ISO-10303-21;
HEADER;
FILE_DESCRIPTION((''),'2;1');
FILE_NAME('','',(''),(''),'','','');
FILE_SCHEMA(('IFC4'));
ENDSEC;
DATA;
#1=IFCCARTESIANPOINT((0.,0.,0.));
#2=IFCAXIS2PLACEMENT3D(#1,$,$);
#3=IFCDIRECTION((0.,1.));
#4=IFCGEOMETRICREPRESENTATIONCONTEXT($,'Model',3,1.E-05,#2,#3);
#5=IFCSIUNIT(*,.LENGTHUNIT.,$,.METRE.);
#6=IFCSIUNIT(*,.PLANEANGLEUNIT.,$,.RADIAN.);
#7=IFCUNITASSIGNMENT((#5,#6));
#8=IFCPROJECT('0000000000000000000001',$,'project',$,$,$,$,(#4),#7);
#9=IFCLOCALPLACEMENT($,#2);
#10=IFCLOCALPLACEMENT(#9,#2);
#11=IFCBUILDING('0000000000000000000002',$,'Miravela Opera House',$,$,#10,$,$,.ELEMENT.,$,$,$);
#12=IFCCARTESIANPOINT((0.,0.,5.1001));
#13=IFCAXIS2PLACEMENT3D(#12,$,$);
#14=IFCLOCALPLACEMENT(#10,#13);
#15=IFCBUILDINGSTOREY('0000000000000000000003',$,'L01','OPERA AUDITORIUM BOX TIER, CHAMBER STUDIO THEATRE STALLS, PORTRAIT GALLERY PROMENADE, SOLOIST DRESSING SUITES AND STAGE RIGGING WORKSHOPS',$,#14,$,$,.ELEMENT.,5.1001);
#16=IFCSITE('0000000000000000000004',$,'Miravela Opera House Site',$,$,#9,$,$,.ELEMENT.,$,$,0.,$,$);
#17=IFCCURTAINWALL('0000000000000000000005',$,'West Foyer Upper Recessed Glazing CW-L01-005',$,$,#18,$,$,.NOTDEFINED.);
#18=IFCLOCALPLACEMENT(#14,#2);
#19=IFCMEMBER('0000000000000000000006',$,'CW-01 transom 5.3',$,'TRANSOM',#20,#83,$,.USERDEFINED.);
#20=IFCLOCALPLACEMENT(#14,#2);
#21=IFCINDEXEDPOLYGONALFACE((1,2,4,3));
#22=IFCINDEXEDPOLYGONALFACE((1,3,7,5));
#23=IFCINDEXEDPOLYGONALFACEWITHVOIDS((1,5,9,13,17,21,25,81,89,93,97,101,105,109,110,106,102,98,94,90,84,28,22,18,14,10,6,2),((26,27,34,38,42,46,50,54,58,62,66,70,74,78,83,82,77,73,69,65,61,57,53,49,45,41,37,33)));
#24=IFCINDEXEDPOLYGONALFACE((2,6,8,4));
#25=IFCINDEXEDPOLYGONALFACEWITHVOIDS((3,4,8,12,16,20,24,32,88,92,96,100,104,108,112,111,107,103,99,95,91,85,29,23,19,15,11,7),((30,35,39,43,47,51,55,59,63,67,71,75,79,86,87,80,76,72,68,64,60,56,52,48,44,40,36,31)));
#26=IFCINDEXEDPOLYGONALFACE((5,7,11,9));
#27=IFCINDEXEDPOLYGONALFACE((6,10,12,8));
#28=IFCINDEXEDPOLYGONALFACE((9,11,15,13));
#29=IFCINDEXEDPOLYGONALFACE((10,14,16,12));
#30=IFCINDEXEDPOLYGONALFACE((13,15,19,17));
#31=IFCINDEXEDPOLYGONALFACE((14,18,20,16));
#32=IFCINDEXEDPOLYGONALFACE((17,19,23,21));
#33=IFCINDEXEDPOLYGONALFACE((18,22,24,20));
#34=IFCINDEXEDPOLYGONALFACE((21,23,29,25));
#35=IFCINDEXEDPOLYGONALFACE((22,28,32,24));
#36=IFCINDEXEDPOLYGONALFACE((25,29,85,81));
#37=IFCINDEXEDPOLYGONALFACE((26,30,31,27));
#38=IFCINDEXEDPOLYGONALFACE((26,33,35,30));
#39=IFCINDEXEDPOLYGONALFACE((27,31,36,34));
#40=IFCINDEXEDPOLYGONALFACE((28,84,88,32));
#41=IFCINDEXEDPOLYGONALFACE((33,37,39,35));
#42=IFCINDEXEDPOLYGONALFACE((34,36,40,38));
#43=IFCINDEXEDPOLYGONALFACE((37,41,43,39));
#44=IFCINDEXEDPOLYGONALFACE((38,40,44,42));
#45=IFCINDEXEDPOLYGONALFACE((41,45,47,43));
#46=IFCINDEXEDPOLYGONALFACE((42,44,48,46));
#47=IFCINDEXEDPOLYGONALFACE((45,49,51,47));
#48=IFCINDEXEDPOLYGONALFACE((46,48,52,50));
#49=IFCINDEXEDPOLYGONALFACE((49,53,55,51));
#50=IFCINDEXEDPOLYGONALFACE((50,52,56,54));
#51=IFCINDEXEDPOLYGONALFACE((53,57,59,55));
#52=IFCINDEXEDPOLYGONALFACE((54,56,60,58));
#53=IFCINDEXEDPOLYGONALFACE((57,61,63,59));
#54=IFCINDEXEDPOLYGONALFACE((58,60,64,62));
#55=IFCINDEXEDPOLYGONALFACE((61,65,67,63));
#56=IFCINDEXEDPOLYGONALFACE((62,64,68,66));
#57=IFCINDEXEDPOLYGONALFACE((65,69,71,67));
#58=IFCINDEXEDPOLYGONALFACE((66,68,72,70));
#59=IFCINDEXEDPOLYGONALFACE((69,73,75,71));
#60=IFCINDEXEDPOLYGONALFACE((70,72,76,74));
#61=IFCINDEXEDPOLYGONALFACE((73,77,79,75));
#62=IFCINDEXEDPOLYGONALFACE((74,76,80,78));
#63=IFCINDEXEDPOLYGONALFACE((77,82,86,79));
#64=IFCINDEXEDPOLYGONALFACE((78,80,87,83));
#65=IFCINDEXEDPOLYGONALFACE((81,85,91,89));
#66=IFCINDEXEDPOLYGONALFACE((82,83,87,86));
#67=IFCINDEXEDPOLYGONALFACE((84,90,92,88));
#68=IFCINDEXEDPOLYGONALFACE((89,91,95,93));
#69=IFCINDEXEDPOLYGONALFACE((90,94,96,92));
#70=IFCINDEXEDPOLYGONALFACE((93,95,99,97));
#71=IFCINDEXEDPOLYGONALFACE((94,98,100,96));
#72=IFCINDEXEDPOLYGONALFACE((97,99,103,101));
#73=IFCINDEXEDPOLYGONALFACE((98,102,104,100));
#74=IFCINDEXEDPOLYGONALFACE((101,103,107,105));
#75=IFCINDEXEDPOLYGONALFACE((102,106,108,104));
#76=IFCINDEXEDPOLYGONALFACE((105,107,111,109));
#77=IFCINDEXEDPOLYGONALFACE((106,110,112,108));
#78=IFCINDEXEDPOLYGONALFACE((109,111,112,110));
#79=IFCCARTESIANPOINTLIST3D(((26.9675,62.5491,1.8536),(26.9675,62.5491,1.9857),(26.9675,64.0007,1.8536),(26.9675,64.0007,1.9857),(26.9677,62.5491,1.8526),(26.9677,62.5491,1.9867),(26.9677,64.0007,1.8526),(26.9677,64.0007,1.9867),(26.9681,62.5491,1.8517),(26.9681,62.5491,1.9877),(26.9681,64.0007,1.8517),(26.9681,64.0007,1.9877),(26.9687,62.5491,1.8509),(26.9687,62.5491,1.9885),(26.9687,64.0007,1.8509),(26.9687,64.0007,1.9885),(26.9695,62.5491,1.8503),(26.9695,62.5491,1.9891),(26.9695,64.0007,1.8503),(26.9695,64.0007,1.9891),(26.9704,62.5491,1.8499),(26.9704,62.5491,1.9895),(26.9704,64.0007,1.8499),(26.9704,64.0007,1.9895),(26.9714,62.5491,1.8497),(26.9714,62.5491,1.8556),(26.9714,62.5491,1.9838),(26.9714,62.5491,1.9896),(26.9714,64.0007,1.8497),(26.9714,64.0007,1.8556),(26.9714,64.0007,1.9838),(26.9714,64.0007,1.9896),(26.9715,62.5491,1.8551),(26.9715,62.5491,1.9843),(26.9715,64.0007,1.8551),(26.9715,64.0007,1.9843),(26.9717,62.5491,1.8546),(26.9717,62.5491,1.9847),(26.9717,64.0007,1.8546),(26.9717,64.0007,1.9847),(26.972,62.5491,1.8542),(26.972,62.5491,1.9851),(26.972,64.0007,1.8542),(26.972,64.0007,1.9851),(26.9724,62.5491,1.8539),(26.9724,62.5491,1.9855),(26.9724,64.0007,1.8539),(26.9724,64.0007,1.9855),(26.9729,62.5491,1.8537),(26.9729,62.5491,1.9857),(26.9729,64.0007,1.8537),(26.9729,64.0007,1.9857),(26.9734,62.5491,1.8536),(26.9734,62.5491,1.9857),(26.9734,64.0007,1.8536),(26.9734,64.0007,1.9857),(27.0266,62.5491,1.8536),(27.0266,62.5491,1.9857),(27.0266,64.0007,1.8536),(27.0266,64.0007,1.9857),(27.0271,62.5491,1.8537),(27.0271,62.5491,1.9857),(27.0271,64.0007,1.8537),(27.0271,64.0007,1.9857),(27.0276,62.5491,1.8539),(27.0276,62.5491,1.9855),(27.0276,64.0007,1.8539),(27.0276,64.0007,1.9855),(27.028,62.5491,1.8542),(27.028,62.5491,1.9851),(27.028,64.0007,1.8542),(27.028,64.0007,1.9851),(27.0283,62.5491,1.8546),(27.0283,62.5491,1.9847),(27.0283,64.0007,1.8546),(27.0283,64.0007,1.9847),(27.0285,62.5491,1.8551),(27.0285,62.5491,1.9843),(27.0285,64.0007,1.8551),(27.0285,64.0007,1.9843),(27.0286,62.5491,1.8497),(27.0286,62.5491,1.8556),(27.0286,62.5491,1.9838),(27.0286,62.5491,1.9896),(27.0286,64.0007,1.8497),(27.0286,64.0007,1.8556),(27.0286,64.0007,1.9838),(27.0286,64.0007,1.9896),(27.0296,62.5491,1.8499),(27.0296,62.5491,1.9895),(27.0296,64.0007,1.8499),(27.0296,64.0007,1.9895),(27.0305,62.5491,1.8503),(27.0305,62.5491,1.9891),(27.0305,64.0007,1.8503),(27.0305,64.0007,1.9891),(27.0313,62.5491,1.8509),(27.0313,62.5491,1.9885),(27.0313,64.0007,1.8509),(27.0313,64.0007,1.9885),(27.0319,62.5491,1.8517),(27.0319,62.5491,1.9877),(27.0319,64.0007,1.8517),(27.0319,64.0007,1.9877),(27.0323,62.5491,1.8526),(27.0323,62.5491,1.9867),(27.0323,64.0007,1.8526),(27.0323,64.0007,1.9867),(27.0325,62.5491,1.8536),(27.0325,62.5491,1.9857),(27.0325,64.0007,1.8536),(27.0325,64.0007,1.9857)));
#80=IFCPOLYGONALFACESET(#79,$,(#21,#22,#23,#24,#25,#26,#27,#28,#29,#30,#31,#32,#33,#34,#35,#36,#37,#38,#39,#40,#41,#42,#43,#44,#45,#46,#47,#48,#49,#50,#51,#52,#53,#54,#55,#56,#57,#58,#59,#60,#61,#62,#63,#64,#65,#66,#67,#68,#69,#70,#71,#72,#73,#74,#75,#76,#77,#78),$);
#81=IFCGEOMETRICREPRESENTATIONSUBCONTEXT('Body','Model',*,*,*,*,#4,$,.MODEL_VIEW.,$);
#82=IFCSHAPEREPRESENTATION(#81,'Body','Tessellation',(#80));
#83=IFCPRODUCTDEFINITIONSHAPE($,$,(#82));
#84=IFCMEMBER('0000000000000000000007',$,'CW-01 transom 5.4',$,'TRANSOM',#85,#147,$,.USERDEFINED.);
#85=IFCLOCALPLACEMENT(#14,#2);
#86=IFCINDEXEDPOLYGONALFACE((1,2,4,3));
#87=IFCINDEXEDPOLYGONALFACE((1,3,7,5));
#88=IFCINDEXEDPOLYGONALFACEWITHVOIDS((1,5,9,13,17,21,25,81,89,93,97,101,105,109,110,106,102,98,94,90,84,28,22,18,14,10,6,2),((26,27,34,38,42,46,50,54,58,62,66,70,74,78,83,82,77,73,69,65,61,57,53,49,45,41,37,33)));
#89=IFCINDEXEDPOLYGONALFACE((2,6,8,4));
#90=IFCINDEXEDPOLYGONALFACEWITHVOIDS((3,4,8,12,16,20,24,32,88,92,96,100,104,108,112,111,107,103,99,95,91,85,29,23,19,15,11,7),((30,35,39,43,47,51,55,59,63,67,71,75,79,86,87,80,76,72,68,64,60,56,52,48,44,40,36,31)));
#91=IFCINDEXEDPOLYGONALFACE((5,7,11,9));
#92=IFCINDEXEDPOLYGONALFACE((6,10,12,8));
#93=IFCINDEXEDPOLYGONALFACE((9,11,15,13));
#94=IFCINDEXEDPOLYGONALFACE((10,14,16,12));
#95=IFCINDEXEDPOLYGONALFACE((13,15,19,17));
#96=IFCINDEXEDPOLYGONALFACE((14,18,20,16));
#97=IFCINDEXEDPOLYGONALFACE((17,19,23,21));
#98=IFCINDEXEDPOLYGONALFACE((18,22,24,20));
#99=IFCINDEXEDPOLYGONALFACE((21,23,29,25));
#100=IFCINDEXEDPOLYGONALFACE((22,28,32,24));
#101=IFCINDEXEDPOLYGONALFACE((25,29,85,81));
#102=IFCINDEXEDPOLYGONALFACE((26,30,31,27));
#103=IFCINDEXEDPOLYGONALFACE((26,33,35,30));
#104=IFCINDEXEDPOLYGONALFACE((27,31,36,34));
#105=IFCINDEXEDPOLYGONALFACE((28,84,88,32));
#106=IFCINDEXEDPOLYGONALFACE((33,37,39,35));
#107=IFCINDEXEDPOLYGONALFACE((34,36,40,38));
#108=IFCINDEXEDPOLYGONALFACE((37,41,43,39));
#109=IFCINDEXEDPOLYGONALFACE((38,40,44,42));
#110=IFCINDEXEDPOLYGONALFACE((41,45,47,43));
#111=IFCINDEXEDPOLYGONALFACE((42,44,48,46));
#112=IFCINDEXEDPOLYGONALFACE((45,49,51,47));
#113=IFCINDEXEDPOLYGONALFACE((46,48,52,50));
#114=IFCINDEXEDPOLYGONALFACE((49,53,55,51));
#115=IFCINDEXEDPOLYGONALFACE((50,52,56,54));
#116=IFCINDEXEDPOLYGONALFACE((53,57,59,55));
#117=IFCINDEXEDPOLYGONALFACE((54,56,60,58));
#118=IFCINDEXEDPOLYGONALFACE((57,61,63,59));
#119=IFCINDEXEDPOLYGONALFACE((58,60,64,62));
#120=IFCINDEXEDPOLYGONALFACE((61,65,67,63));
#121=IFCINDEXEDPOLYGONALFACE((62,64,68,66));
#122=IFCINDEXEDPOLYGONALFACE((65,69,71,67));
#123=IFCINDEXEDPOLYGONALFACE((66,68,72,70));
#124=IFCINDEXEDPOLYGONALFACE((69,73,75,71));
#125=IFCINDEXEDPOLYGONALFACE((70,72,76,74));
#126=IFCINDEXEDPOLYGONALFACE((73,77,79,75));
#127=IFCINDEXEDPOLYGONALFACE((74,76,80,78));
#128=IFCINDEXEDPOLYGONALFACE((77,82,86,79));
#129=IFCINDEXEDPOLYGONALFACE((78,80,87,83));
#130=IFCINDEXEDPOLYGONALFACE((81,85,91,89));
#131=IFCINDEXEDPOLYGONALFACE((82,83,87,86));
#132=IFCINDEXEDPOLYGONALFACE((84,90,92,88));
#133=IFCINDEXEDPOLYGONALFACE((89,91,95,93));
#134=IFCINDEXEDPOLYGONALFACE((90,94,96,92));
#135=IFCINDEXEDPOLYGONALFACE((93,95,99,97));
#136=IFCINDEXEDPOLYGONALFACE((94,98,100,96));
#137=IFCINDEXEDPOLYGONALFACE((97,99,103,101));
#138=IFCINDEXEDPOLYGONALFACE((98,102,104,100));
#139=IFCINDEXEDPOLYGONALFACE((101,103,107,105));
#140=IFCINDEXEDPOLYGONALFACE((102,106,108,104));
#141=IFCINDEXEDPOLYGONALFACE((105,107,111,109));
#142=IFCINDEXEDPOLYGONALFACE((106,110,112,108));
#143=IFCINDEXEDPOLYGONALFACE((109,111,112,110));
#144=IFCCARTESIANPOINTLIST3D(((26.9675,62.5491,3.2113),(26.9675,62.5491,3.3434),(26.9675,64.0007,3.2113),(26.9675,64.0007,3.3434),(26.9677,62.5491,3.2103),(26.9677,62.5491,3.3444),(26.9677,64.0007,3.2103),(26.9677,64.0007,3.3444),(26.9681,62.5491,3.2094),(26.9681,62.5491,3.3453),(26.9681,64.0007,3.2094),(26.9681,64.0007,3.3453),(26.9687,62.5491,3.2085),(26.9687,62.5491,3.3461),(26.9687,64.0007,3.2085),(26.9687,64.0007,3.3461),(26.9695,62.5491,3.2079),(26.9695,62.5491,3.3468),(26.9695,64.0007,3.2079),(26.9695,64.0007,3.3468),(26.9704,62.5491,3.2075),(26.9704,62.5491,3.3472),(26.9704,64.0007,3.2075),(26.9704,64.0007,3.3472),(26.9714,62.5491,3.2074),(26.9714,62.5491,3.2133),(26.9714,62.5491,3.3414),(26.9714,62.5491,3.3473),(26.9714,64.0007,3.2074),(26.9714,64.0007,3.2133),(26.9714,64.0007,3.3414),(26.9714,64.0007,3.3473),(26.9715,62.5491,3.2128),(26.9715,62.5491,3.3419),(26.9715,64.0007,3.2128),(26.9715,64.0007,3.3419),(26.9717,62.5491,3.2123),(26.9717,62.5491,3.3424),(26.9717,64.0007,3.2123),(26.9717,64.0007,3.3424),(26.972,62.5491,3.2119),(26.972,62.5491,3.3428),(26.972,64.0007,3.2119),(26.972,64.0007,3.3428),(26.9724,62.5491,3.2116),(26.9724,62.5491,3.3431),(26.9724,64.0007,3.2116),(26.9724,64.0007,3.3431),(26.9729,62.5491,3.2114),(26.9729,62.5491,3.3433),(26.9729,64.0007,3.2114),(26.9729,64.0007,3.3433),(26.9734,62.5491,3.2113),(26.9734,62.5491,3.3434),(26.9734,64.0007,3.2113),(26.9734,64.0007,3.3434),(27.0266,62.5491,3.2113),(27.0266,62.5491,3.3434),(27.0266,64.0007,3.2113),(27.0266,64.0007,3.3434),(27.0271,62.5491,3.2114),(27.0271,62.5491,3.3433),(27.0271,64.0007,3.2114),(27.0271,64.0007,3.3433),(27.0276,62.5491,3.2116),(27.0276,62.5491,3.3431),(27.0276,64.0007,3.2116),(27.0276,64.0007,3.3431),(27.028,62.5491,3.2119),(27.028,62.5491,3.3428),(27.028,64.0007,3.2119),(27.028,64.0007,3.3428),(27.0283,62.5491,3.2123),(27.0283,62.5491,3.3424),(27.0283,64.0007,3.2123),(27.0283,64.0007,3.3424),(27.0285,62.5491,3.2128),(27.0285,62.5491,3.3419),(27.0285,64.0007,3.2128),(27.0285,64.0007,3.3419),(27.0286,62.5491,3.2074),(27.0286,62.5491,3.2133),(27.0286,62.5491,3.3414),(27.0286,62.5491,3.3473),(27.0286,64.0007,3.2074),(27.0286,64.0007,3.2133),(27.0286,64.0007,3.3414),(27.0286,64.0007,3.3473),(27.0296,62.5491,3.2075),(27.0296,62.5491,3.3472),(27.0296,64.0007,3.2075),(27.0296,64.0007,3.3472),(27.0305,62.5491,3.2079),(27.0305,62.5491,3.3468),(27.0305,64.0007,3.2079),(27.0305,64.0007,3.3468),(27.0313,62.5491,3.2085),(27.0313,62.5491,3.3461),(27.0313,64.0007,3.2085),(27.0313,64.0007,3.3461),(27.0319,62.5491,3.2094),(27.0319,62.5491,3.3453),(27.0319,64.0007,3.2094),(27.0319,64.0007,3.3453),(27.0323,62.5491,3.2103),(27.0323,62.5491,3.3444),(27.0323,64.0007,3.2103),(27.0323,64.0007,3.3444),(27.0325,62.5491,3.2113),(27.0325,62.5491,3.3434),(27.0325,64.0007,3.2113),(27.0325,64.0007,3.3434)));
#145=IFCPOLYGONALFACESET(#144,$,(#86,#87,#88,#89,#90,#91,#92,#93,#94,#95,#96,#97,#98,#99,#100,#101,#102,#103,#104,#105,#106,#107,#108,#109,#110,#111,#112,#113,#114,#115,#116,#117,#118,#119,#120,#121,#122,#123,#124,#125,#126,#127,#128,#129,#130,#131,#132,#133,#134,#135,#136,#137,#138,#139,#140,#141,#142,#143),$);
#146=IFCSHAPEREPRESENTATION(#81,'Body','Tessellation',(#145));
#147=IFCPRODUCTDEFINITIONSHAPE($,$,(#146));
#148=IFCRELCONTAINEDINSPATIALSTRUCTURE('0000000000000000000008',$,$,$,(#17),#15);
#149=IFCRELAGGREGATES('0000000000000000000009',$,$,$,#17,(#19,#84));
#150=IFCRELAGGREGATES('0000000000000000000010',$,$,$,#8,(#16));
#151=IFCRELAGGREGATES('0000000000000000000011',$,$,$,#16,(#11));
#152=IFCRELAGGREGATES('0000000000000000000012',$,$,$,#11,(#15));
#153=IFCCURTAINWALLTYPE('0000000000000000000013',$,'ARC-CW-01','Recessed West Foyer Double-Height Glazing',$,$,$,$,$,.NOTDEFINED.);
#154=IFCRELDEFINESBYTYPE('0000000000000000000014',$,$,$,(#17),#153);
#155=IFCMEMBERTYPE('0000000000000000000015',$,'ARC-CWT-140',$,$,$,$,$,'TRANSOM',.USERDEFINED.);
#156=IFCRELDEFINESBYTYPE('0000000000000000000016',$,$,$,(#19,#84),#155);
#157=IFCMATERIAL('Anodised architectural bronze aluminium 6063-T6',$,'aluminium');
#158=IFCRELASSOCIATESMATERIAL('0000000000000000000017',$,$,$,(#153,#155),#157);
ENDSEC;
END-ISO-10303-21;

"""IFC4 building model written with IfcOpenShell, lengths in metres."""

from ifc_helpers import new_model, si_unit, direction, frame, origin, origin_2d, place, context, subcontext, project, spatial, hollow_rectangle, extrude, material, material_profile, profile_set, type_object, element, aggregate, save


model = new_model("IFC4")

# Units and contexts
model_context = context("Model", 3, precision=1e-05, world=origin(), true_north=direction((0.0, 1.0)))
body_context = subcontext(model_context, "Body", "Model", "MODEL_VIEW")
ifc_project = project(units=[si_unit("LENGTHUNIT", "METRE"), si_unit("PLANEANGLEUNIT", "RADIAN")], contexts=[model_context])

# Site, building, storey
site_placement = place(None, origin())
site = spatial("IfcSite", under=ifc_project, at=site_placement, Name="Miravela Opera House Site", CompositionType="ELEMENT", RefElevation=0.0)
building_placement = place(site_placement, origin())
building = spatial("IfcBuilding", under=site, at=building_placement, Name="Miravela Opera House", CompositionType="ELEMENT")
storey_placement = place(building_placement, frame((0.0, 0.0, 5.1001)))
storey = spatial("IfcBuildingStorey", under=building, at=storey_placement, Name="L01", Description="OPERA AUDITORIUM BOX TIER, CHAMBER STUDIO THEATRE STALLS, PORTRAIT GALLERY PROMENADE, SOLOIST DRESSING SUITES AND STAGE RIGGING WORKSHOPS", CompositionType="ELEMENT", Elevation=5.1001)

# Curtain wall
ifc_material_1 = material(Name="Anodised architectural bronze aluminium 6063-T6", Category="aluminium")
curtain_wall_type = type_object("IfcCurtainWallType", Name="ARC-CW-01", Description="Recessed West Foyer Double-Height Glazing", PredefinedType="NOTDEFINED", material=ifc_material_1)
curtain_wall_1_placement = place(storey_placement, origin())
curtain_wall_1 = element("IfcCurtainWall", 1, at=curtain_wall_1_placement, inside=storey, type_object=curtain_wall_type, Name="West Foyer Upper Recessed Glazing CW-L01-005", PredefinedType="NOTDEFINED")

# Members
ifc_material_profile_1 = material_profile(ifc_material_1, hollow_rectangle(XDim=0.0649, YDim=0.1399, WallThickness=0.0039, InnerFilletRadius=0.002, OuterFilletRadius=0.0039, at=origin_2d()), Name="CWT-65X140")
ifc_profile_set_1 = profile_set([ifc_material_profile_1])
member_type_1 = type_object("IfcMemberType", Name="ARC-CWT-140", ElementType="TRANSOM", PredefinedType="USERDEFINED", material=ifc_profile_set_1)
member_1_placement = place(storey_placement, frame((27.0, 62.5491, 1.9197), z_axis=(0.0, 1.0, 0.0), x_axis=(-1.0, 0.0, 0.0)))
member_1 = element("IfcMember", 2, at=member_1_placement, type_object=member_type_1, Name="CW-01 transom 5.3", ObjectType="TRANSOM", PredefinedType="USERDEFINED", context=body_context, shape_type="SweptSolid", body=[
    extrude(hollow_rectangle(XDim=0.0649, YDim=0.1399, WallThickness=0.0039, InnerFilletRadius=0.002, OuterFilletRadius=0.0039, at=origin_2d()), origin(), (0.0, 0.0, 1.0), 1.4517),
])
member_2_placement = place(storey_placement, frame((27.0, 62.5491, 3.2773), z_axis=(0.0, 1.0, 0.0), x_axis=(-1.0, 0.0, 0.0)))
member_2 = element("IfcMember", 3, at=member_2_placement, type_object=member_type_1, Name="CW-01 transom 5.4", ObjectType="TRANSOM", PredefinedType="USERDEFINED", context=body_context, shape_type="SweptSolid", body=[
    extrude(hollow_rectangle(XDim=0.0649, YDim=0.1399, WallThickness=0.0039, InnerFilletRadius=0.002, OuterFilletRadius=0.0039, at=origin_2d()), origin(), (0.0, 0.0, 1.0), 1.4517),
])

aggregate(curtain_wall_1, [member_1, member_2])

save(model, "model.ifc")
